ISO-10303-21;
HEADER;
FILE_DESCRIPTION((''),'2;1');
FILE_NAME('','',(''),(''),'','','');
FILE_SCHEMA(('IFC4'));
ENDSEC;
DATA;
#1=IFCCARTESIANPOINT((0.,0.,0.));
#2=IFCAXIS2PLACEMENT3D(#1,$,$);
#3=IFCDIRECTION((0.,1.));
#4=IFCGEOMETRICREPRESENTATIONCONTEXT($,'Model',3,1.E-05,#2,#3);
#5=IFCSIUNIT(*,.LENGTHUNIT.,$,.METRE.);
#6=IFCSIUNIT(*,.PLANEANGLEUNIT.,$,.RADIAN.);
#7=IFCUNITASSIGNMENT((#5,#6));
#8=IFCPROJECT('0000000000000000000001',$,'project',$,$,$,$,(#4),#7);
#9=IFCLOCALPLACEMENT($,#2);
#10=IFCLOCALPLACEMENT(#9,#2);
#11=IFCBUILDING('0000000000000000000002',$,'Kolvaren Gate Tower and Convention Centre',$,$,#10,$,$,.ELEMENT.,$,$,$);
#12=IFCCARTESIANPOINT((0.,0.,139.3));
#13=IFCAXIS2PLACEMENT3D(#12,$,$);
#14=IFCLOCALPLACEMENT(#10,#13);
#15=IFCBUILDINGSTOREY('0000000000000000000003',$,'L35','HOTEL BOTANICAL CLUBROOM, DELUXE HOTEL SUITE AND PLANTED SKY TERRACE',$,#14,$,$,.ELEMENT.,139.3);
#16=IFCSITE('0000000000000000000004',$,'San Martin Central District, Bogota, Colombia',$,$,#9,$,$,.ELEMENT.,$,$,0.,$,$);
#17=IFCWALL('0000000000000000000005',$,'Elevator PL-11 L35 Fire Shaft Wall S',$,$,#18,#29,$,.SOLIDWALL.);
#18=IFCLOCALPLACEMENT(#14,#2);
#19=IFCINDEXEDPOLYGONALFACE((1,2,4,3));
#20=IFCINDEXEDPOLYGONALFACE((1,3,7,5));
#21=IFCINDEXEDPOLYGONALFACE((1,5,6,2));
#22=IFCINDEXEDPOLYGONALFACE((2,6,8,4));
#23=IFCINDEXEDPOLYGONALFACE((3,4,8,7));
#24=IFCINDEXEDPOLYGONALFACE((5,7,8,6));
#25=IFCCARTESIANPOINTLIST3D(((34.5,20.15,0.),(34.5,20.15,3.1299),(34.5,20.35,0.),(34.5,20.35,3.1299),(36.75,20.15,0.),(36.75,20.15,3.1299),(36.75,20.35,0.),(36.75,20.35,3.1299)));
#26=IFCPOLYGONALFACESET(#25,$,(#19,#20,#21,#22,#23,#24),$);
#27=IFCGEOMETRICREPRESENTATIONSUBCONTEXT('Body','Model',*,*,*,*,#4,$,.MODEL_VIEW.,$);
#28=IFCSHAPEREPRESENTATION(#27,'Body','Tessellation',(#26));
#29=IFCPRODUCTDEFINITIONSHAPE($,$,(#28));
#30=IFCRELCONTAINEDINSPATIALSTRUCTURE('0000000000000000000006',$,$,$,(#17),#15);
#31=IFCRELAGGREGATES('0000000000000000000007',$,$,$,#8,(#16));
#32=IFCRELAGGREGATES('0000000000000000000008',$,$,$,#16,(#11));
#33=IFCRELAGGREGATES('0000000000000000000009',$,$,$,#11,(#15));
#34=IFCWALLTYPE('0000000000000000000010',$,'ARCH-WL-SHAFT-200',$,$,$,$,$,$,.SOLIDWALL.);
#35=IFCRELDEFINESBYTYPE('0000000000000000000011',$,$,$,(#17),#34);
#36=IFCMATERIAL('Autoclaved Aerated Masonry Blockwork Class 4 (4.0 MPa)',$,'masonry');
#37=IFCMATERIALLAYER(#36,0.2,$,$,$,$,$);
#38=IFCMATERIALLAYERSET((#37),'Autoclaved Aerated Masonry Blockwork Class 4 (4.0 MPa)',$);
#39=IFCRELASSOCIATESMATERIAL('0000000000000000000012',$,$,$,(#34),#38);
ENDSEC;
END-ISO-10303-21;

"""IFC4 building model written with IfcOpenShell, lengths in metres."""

from ifc_helpers import new_model, si_unit, direction, frame, frame_2d, origin, place, context, subcontext, project, spatial, rectangle, extrude, material, layer, layer_set, type_object, element, save


model = new_model("IFC4")

# Units and contexts
model_context = context("Model", 3, precision=1e-05, world=origin(), true_north=direction((0.0, 1.0)))
body_context = subcontext(model_context, "Body", "Model", "MODEL_VIEW")
ifc_project = project(units=[si_unit("LENGTHUNIT", "METRE"), si_unit("PLANEANGLEUNIT", "RADIAN")], contexts=[model_context])

# Site, building, storey
site_placement = place(None, origin())
site = spatial("IfcSite", under=ifc_project, at=site_placement, Name="San Martin Central District, Bogota, Colombia", CompositionType="ELEMENT", RefElevation=0.0)
building_placement = place(site_placement, origin())
building = spatial("IfcBuilding", under=site, at=building_placement, Name="Kolvaren Gate Tower and Convention Centre", CompositionType="ELEMENT")
storey_placement = place(building_placement, frame((0.0, 0.0, 139.3)))
storey = spatial("IfcBuildingStorey", under=building, at=storey_placement, Name="L35", Description="HOTEL BOTANICAL CLUBROOM, DELUXE HOTEL SUITE AND PLANTED SKY TERRACE", CompositionType="ELEMENT", Elevation=139.3)

# Shared definitions
ifc_material_1 = material(Name="Autoclaved Aerated Masonry Blockwork Class 4 (4.0 MPa)", Category="masonry")

# Shared definitions
ifc_layer_1 = layer(ifc_material_1, 0.2)
ifc_layer_set_1 = layer_set([ifc_layer_1], Name="Autoclaved Aerated Masonry Blockwork Class 4 (4.0 MPa)")
wall_type_1 = type_object("IfcWallType", Name="ARCH-WL-SHAFT-200", PredefinedType="SOLIDWALL", material=ifc_layer_set_1)

# Wall
for number, where, z_axis, x_axis, name in (
    (1, (34.5, 20.25, 0.0), (0.0, 0.0, 1.0), (1.0, 0.0, 0.0), "Elevator PL-11 L35 Fire Shaft Wall S"),
):
    element("IfcWall", number, at=place(storey_placement, frame(where, z_axis=z_axis, x_axis=x_axis)), inside=storey, type_object=wall_type_1, Name=name, PredefinedType="SOLIDWALL", context=body_context, shape_type="SweptSolid", body=[
        extrude(rectangle(XDim=2.25, YDim=0.2, at=frame_2d((1.125, 0.0))), origin(), (0.0, 0.0, 1.0), 3.1299),
    ])

save(model, "model.ifc")
